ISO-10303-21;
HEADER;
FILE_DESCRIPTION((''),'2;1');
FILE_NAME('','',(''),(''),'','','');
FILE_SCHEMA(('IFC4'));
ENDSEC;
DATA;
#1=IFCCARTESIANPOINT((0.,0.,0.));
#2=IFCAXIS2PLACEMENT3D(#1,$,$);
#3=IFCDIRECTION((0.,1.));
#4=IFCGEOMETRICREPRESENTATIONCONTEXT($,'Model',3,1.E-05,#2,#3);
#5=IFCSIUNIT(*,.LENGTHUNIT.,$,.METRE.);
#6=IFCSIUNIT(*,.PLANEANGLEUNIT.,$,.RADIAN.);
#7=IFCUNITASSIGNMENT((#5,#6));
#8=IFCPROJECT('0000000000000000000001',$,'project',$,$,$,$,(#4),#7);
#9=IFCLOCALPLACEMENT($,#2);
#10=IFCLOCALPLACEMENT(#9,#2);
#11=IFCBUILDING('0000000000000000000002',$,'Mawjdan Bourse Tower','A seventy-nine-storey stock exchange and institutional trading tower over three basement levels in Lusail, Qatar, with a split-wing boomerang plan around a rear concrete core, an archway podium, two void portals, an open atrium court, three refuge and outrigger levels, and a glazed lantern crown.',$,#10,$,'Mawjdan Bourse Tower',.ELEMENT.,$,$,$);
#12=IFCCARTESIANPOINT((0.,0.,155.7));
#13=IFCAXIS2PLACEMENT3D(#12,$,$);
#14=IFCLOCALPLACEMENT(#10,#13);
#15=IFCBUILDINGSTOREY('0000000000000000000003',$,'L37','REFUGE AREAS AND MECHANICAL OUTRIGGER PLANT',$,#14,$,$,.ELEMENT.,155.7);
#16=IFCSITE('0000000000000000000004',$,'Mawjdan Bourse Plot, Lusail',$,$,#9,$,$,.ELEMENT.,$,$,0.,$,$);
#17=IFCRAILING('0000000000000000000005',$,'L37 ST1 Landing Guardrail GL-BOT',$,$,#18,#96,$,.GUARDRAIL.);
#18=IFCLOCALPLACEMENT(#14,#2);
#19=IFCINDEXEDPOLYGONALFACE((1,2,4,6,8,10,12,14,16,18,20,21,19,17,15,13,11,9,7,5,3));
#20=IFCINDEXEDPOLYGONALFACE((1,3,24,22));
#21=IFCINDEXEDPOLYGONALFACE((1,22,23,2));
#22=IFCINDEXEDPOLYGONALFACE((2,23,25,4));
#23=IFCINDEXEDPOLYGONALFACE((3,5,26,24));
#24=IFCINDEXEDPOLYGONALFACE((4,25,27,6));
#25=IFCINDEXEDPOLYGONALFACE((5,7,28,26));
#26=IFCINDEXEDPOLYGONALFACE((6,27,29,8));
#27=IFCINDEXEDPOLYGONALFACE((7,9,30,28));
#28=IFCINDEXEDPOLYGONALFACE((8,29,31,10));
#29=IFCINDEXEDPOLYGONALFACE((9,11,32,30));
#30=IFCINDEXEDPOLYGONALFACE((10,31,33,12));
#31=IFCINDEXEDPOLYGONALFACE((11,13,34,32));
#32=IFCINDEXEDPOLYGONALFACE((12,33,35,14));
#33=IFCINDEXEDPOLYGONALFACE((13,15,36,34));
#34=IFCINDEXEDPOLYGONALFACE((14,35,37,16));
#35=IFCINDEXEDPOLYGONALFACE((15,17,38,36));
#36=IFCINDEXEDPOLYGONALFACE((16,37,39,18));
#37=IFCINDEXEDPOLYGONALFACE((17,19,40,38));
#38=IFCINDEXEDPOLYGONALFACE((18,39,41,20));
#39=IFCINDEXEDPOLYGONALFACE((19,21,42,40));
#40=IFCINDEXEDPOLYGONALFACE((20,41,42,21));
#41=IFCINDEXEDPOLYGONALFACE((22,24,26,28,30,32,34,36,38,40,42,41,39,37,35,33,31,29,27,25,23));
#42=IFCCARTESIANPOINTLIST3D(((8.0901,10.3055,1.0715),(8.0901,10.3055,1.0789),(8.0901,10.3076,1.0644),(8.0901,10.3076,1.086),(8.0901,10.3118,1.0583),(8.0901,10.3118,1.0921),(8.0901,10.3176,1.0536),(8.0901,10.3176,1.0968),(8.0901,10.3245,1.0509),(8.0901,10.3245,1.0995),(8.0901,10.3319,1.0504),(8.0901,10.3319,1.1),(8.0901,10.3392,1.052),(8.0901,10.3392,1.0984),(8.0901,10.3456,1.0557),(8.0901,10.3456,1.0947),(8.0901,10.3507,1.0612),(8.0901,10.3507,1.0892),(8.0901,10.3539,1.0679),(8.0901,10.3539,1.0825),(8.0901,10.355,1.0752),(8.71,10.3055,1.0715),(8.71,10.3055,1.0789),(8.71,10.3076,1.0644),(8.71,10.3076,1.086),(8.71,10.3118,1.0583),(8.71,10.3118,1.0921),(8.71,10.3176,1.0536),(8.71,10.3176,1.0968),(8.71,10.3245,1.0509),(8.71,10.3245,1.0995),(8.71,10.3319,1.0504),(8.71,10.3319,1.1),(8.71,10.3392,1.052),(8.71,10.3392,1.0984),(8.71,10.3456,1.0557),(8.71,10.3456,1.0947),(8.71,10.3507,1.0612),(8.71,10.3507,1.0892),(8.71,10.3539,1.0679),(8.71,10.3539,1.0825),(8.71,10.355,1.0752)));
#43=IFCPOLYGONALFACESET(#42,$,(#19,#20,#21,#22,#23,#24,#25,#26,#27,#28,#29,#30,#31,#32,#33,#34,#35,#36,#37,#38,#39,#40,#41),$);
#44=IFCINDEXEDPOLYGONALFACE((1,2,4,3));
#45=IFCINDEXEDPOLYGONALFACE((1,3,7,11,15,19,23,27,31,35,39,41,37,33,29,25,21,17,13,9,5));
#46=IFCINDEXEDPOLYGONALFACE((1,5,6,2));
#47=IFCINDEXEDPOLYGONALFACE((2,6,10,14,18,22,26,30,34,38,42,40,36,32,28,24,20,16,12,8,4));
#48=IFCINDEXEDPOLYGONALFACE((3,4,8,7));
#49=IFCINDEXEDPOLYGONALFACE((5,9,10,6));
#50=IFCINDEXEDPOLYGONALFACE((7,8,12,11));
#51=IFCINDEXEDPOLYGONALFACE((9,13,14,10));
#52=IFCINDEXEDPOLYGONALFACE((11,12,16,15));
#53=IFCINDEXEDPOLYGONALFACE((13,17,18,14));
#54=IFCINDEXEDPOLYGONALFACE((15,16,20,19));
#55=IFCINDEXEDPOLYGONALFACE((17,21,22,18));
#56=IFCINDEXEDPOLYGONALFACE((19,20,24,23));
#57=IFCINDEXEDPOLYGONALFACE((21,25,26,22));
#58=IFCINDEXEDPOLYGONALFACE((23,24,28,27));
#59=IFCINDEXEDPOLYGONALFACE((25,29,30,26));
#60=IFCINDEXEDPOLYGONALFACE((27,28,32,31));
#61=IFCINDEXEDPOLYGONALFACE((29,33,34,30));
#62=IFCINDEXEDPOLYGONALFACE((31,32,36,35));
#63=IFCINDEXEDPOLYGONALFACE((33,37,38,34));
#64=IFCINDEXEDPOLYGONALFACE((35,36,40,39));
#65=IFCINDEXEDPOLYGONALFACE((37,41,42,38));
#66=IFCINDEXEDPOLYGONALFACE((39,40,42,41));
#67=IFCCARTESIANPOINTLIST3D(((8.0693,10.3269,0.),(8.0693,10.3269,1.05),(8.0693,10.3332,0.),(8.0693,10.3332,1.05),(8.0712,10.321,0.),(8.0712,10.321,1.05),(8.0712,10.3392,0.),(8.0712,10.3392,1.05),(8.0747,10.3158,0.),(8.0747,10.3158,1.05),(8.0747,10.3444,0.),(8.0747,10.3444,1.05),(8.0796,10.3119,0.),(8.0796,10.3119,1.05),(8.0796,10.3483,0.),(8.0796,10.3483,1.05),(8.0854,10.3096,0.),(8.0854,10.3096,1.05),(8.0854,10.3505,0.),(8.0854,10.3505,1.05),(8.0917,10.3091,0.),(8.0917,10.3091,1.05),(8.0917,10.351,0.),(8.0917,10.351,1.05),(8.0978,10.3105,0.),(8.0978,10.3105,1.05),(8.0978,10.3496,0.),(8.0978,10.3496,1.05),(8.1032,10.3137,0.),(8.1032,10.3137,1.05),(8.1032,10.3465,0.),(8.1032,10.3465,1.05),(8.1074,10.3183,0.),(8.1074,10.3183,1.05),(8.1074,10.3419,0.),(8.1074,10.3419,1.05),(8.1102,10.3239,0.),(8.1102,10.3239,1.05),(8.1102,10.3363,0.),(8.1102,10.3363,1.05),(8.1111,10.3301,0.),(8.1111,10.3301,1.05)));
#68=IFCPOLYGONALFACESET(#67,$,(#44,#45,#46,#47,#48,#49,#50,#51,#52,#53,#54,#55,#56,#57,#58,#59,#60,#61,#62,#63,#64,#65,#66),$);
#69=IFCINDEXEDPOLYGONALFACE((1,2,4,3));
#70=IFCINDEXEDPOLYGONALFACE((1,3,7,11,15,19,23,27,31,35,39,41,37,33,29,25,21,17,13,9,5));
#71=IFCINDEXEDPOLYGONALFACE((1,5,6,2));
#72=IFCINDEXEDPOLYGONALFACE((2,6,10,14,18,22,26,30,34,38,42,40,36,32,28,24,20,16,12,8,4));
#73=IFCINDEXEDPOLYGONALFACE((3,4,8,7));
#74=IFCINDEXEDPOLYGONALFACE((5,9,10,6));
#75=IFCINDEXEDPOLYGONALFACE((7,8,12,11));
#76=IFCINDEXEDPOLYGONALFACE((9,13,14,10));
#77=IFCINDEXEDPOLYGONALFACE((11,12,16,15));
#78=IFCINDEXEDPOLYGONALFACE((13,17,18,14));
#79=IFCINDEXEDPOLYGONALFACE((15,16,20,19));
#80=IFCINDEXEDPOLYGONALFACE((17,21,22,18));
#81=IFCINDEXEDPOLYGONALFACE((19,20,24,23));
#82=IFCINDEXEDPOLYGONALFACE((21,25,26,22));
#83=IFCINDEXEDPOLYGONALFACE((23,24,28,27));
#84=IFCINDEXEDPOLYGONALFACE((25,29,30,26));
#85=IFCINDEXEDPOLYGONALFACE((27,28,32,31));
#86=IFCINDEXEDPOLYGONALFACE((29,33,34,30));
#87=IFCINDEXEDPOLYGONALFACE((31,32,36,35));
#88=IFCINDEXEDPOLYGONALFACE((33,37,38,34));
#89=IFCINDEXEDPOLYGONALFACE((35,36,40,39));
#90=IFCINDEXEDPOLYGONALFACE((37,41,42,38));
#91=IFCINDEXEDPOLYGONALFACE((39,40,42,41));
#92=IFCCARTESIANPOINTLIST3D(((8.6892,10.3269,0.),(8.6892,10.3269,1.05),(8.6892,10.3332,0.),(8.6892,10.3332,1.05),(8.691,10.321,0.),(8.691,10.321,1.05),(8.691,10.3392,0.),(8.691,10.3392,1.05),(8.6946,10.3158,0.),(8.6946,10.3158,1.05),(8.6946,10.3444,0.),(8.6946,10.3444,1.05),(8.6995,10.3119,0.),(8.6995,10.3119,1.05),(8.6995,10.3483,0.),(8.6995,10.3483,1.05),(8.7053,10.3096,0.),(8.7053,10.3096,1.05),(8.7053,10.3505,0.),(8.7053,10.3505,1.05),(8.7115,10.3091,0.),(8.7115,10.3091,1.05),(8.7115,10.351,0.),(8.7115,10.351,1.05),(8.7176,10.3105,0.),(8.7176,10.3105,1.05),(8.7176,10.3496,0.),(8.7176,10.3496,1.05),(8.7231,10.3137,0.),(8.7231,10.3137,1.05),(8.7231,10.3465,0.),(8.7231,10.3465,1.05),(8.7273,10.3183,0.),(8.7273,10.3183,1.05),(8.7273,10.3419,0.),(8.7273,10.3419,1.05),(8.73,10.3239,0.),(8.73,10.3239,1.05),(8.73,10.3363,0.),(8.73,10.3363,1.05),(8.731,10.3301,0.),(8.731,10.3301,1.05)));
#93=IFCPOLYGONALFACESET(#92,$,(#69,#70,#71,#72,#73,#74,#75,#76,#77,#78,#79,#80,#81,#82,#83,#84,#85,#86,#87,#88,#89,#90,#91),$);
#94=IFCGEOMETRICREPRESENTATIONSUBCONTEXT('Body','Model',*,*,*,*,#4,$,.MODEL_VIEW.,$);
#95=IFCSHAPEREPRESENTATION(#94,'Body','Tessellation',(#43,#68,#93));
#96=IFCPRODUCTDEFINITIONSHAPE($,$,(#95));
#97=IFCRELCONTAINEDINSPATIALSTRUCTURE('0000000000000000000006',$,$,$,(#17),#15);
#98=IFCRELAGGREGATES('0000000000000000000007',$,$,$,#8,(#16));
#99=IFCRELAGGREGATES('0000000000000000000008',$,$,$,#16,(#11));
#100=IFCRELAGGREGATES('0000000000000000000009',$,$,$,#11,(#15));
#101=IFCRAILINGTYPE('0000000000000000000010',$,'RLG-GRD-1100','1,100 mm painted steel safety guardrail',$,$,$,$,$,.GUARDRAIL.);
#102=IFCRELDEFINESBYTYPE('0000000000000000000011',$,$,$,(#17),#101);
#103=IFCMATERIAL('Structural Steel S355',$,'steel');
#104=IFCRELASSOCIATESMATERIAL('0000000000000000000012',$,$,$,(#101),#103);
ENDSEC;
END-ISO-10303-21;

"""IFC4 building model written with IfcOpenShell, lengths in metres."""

from ifc_helpers import new_model, si_unit, direction, frame, origin, origin_2d, place, context, subcontext, project, spatial, circle, extrude, material, type_object, element, save


model = new_model("IFC4")

# Units and contexts
model_context = context("Model", 3, precision=1e-05, world=origin(), true_north=direction((0.0, 1.0)))
body_context = subcontext(model_context, "Body", "Model", "MODEL_VIEW")
ifc_project = project(units=[si_unit("LENGTHUNIT", "METRE"), si_unit("PLANEANGLEUNIT", "RADIAN")], contexts=[model_context])

# Site, building, storey
site_placement = place(None, origin())
site = spatial("IfcSite", under=ifc_project, at=site_placement, Name="Mawjdan Bourse Plot, Lusail", CompositionType="ELEMENT", RefElevation=0.0)
building_placement = place(site_placement, origin())
building = spatial("IfcBuilding", under=site, at=building_placement, Name="Mawjdan Bourse Tower", Description="A seventy-nine-storey stock exchange and institutional trading tower over three basement levels in Lusail, Qatar, with a split-wing boomerang plan around a rear concrete core, an archway podium, two void portals, an open atrium court, three refuge and outrigger levels, and a glazed lantern crown.", LongName="Mawjdan Bourse Tower", CompositionType="ELEMENT")
storey_placement = place(building_placement, frame((0.0, 0.0, 155.7)))
storey = spatial("IfcBuildingStorey", under=building, at=storey_placement, Name="L37", Description="REFUGE AREAS AND MECHANICAL OUTRIGGER PLANT", CompositionType="ELEMENT", Elevation=155.7)

# Railing
ifc_material_1 = material(Name="Structural Steel S355", Category="steel")
railing_type = type_object("IfcRailingType", Name="RLG-GRD-1100", Description="1,100 mm painted steel safety guardrail", PredefinedType="GUARDRAIL", material=ifc_material_1)
for number, where, name in (
    (1, (8.0901, 10.3301, 0.0), "L37 ST1 Landing Guardrail GL-BOT"),
):
    element("IfcRailing", number, at=place(storey_placement, frame(where)), inside=storey, type_object=railing_type, Name=name, PredefinedType="GUARDRAIL", context=body_context, shape_type="SweptSolid", body=[
        extrude(circle(Radius=0.0249, at=origin_2d()), frame((0.0, 0.0, 1.0752), z_axis=(1.0, 0.0, 0.0), x_axis=(0.0, 1.0, 0.0)), (0.0, 0.0, 1.0), 0.6199),
        extrude(circle(Radius=0.021, at=origin_2d()), origin(), (0.0, 0.0, 1.0), 1.05),
        extrude(circle(Radius=0.021, at=origin_2d()), frame((0.6199, 0.0, 0.0)), (0.0, 0.0, 1.0), 1.05),
    ])

save(model, "model.ifc")
